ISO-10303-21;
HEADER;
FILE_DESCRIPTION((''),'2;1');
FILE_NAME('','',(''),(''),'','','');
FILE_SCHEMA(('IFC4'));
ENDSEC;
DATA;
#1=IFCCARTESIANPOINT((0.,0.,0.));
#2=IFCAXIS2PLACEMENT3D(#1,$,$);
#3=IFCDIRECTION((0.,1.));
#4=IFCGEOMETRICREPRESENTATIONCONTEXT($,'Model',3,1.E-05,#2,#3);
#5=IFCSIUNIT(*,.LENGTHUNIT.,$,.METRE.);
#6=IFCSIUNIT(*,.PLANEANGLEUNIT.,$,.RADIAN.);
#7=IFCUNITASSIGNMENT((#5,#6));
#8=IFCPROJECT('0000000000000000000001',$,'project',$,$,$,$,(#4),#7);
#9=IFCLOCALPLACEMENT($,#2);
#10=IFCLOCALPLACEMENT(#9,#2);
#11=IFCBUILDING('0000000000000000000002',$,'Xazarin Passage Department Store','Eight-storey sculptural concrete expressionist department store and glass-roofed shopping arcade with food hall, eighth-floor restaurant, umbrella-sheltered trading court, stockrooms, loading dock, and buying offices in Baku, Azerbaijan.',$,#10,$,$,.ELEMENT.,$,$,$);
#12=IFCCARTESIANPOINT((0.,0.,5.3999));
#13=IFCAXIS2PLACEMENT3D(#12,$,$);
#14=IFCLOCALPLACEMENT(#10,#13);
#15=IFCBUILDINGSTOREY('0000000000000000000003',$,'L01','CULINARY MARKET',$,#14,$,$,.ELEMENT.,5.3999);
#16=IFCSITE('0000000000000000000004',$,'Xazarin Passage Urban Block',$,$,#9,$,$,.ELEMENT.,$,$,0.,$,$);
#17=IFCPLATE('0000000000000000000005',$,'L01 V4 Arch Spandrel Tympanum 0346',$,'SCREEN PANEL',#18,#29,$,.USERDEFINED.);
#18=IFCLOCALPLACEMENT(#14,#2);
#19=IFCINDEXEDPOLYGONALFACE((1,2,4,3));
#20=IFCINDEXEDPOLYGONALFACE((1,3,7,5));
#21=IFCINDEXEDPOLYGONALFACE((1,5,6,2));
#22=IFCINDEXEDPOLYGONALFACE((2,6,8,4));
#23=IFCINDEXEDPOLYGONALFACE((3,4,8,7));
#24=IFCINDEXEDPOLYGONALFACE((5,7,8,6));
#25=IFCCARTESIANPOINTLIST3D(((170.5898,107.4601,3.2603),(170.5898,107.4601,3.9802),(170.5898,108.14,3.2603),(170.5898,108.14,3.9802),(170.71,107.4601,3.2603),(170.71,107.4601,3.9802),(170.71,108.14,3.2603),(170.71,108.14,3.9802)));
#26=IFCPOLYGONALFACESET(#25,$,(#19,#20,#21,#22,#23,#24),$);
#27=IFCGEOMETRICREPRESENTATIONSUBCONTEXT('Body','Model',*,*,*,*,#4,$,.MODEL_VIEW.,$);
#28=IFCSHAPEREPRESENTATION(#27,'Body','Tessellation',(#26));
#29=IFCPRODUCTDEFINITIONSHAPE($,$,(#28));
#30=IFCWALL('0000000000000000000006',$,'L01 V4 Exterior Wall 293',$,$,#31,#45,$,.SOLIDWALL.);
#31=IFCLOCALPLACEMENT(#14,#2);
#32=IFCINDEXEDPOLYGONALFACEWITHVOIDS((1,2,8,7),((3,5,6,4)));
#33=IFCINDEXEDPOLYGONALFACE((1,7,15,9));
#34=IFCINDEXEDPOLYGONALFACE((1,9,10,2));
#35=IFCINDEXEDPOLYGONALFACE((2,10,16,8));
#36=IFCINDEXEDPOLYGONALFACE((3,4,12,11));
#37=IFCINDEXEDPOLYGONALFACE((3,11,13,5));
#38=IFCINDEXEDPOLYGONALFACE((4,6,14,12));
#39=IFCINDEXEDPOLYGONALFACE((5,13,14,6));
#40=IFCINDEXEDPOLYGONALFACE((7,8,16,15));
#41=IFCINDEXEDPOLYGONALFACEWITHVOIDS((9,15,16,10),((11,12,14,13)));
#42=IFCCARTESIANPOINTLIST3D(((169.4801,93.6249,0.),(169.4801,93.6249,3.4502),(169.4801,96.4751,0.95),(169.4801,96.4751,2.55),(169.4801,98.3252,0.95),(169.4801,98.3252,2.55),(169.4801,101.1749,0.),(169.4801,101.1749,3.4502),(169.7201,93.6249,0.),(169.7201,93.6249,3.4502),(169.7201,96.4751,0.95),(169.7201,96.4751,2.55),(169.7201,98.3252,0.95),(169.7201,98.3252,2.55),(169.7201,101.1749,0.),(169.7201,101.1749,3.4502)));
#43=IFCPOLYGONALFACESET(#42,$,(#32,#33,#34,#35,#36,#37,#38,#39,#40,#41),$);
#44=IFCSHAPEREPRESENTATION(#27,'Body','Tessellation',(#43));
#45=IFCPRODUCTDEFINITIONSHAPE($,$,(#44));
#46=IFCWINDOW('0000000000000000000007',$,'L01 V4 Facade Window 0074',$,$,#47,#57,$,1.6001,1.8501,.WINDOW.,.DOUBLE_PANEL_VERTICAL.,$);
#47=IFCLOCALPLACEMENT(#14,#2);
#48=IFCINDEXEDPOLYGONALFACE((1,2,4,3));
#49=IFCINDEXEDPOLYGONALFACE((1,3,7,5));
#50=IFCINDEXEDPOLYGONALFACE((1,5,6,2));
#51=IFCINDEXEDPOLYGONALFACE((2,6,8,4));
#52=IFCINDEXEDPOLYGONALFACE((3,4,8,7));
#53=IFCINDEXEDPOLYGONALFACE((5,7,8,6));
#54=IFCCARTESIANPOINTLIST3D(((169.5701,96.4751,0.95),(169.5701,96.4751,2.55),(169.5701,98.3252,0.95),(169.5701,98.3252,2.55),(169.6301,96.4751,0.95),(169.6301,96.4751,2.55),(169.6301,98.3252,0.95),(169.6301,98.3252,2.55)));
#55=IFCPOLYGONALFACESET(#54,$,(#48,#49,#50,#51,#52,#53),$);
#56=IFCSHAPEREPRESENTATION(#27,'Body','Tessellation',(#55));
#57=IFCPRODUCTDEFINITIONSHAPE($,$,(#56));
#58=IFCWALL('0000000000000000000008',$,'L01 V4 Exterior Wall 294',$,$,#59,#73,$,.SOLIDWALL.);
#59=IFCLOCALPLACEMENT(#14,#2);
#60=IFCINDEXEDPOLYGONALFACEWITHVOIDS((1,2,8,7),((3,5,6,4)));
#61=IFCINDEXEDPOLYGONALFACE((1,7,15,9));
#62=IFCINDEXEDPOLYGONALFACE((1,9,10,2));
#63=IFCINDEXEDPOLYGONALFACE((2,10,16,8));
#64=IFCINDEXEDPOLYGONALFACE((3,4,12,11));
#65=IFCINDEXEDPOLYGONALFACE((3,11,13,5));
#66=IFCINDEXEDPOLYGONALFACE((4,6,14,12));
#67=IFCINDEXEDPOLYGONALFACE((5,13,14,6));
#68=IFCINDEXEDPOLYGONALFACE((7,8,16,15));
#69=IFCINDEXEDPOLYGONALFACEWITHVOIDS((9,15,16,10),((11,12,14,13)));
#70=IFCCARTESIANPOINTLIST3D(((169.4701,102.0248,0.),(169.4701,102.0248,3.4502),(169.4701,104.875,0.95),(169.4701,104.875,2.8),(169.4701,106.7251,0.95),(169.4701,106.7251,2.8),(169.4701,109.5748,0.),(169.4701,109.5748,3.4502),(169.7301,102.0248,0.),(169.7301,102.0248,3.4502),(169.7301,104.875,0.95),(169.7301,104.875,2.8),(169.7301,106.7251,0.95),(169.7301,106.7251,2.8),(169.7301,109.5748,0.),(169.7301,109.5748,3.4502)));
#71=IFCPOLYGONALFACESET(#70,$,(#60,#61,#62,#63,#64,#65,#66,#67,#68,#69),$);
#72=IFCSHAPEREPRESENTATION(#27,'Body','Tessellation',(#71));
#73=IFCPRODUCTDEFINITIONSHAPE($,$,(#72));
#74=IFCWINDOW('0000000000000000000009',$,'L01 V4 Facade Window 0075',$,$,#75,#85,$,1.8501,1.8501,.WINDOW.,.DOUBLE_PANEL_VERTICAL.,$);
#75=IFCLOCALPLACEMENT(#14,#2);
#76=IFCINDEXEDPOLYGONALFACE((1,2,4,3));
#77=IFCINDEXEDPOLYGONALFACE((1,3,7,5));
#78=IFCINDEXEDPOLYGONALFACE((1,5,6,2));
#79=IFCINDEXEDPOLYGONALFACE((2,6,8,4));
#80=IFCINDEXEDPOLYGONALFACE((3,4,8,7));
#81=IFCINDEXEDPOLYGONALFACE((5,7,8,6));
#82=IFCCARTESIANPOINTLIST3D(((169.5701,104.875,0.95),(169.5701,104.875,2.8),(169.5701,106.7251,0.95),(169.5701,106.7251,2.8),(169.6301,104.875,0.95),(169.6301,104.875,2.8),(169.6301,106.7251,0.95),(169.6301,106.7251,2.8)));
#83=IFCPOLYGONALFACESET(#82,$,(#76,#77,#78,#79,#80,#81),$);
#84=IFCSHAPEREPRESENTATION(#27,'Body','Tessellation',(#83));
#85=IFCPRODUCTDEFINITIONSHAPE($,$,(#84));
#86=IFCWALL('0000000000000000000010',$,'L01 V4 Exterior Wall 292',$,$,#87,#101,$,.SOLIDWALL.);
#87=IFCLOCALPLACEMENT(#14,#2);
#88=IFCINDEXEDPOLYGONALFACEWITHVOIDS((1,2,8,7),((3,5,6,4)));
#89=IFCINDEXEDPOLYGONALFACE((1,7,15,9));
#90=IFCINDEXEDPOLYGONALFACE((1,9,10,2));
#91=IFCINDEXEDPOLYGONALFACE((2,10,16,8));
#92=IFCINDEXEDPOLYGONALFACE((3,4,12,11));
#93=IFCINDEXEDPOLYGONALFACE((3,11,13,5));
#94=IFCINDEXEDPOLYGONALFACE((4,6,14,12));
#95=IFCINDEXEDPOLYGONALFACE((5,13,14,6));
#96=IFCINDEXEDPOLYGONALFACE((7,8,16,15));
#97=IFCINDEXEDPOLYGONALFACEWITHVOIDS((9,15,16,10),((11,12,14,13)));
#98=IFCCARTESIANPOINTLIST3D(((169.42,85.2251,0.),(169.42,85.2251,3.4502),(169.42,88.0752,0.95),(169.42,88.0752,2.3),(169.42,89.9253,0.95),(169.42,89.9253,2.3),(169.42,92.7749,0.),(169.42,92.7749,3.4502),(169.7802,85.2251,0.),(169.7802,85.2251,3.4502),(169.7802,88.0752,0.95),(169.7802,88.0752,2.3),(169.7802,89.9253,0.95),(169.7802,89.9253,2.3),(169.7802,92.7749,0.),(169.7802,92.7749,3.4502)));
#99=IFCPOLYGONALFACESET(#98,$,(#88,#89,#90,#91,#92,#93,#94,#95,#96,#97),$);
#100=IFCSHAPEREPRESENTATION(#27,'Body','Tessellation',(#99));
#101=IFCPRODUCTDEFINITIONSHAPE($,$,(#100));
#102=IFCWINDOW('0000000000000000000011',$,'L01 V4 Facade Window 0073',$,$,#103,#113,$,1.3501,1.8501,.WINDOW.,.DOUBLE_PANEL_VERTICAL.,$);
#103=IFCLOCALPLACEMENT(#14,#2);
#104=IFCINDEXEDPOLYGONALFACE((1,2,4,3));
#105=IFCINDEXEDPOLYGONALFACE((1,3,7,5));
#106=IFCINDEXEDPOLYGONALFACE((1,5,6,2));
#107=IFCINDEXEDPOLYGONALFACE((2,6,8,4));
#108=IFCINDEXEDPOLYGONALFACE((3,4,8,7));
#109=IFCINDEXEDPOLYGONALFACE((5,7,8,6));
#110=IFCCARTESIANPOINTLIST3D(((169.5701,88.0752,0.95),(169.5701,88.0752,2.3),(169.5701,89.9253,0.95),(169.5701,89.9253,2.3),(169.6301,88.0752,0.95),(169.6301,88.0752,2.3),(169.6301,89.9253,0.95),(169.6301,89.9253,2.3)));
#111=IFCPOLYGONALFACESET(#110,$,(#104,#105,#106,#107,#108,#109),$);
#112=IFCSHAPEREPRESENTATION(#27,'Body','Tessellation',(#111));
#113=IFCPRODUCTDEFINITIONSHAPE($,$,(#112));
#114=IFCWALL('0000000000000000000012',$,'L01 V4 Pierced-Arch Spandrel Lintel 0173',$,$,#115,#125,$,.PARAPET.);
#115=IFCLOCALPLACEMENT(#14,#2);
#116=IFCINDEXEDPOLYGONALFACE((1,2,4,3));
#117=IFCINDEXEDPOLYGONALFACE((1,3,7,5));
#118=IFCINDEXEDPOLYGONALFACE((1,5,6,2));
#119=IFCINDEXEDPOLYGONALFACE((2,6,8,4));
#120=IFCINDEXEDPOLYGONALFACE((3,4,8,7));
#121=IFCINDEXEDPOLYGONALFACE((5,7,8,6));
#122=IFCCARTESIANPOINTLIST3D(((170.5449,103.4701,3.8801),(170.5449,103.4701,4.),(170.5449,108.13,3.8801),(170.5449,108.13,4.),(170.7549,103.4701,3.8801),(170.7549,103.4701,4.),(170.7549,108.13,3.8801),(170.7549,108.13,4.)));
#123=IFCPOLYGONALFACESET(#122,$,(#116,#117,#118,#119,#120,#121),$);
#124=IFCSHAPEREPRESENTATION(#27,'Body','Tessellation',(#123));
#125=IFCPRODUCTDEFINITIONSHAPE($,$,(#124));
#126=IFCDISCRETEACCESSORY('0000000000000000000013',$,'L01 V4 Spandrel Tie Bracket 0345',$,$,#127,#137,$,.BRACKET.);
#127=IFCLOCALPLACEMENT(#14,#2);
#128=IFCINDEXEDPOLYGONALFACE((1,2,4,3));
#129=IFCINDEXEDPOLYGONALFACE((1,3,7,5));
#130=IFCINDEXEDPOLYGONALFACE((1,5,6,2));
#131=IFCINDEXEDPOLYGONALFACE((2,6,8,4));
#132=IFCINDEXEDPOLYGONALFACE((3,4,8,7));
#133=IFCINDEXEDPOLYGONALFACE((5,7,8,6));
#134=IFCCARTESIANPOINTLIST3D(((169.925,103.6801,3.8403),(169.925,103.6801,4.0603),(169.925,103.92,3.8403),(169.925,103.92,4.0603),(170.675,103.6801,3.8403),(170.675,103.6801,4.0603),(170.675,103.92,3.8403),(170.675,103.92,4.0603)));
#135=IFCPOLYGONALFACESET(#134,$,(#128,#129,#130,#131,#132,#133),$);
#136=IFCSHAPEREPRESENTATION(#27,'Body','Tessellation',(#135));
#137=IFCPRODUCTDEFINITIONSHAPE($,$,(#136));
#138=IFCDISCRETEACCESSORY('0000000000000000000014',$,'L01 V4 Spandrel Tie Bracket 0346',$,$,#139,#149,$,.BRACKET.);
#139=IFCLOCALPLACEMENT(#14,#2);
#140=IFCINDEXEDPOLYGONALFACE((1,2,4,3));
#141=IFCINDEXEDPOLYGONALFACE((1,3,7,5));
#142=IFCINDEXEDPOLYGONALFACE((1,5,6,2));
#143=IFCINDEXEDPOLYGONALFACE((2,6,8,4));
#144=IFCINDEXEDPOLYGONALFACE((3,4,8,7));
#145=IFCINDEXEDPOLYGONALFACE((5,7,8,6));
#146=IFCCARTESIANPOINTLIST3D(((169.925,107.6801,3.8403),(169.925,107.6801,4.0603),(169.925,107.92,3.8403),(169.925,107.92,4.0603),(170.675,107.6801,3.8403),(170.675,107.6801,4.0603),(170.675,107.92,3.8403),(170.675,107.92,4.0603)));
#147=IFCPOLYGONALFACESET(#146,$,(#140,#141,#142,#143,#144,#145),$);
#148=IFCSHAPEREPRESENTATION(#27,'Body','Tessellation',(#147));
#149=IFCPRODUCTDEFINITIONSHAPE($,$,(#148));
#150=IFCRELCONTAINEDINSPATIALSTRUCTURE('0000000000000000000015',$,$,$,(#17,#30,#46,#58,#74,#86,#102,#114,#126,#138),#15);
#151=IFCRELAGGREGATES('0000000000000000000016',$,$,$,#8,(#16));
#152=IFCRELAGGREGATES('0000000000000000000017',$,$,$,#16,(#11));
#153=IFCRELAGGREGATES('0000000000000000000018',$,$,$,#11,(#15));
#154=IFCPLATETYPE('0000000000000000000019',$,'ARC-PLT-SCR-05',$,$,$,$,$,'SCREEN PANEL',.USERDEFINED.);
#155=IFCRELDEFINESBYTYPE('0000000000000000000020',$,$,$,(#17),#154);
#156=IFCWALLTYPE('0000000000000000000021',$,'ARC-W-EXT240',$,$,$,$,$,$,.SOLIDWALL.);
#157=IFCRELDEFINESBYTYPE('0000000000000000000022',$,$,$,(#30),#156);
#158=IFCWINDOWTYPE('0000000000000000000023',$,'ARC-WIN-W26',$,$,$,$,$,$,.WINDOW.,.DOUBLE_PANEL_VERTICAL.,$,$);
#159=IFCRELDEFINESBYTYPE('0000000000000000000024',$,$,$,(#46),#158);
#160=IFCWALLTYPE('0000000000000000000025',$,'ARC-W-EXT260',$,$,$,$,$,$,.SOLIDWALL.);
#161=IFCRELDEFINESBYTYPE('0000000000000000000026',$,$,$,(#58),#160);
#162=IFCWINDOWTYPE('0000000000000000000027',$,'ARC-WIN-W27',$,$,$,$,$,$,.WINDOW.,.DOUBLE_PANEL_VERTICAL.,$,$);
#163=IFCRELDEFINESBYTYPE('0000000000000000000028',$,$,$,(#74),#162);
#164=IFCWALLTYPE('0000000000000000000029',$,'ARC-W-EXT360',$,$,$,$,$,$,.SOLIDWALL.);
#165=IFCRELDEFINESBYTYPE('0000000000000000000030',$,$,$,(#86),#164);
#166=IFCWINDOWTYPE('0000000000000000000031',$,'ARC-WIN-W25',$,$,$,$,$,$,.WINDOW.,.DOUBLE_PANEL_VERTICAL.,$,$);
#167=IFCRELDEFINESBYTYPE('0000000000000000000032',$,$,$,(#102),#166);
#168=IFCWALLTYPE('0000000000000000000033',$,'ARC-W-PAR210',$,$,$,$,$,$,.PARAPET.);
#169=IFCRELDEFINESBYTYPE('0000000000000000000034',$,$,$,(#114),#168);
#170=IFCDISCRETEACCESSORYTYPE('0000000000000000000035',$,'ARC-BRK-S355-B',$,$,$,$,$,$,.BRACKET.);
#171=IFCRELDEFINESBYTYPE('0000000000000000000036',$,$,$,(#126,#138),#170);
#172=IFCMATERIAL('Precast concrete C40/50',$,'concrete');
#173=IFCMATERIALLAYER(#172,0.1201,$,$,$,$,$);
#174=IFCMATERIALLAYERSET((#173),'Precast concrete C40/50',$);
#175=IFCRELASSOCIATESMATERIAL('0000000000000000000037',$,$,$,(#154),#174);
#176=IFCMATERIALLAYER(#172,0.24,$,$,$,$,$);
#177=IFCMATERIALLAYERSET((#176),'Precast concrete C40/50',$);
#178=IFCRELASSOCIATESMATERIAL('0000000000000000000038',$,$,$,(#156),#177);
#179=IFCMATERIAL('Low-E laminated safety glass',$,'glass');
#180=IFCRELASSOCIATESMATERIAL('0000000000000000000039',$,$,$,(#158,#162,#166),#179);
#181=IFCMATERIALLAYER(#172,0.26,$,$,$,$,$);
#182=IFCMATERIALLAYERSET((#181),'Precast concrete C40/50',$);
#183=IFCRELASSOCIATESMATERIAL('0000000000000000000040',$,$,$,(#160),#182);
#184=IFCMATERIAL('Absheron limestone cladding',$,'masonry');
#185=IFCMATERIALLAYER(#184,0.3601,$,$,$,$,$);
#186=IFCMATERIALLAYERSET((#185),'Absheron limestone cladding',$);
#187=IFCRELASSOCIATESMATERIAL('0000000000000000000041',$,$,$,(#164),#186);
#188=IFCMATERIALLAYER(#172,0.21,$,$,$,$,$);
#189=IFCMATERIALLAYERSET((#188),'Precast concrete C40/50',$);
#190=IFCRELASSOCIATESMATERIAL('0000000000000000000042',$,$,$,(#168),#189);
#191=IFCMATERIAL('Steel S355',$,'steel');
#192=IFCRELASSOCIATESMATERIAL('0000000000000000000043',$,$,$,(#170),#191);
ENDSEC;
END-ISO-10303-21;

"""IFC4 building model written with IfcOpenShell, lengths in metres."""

from ifc_helpers import new_model, si_unit, direction, frame, frame_2d, origin, origin_2d, place, context, subcontext, project, spatial, rectangle, extrude, material, layer, layer_set, type_object, element, fill, save


model = new_model("IFC4")

# Units and contexts
model_context = context("Model", 3, precision=1e-05, world=origin(), true_north=direction((0.0, 1.0)))
body_context = subcontext(model_context, "Body", "Model", "MODEL_VIEW")
ifc_project = project(units=[si_unit("LENGTHUNIT", "METRE"), si_unit("PLANEANGLEUNIT", "RADIAN")], contexts=[model_context])

# Site, building, storey
site_placement = place(None, origin())
site = spatial("IfcSite", under=ifc_project, at=site_placement, Name="Xazarin Passage Urban Block", CompositionType="ELEMENT", RefElevation=0.0)
building_placement = place(site_placement, origin())
building = spatial("IfcBuilding", under=site, at=building_placement, Name="Xazarin Passage Department Store", Description="Eight-storey sculptural concrete expressionist department store and glass-roofed shopping arcade with food hall, eighth-floor restaurant, umbrella-sheltered trading court, stockrooms, loading dock, and buying offices in Baku, Azerbaijan.", CompositionType="ELEMENT")
storey_placement = place(building_placement, frame((0.0, 0.0, 5.3999)))
storey = spatial("IfcBuildingStorey", under=building, at=storey_placement, Name="L01", Description="CULINARY MARKET", CompositionType="ELEMENT", Elevation=5.3999)

# Plate
ifc_material_1 = material(Name="Precast concrete C40/50", Category="concrete")
ifc_layer_1 = layer(ifc_material_1, 0.1201)
ifc_layer_set_1 = layer_set([ifc_layer_1], Name="Precast concrete C40/50")
plate_type = type_object("IfcPlateType", Name="ARC-PLT-SCR-05", ElementType="SCREEN PANEL", PredefinedType="USERDEFINED", material=ifc_layer_set_1)
for number, where, z_axis, x_axis, name in (
    (1, (170.6499, 107.8, 3.2603), (0.0, 0.0, 1.0), (0.0, 1.0, 0.0), "L01 V4 Arch Spandrel Tympanum 0346"),
):
    element("IfcPlate", number, at=place(storey_placement, frame(where, z_axis=z_axis, x_axis=x_axis)), inside=storey, type_object=plate_type, Name=name, ObjectType="SCREEN PANEL", PredefinedType="USERDEFINED", context=body_context, shape_type="SweptSolid", body=[
        extrude(rectangle(XDim=0.6799, YDim=0.1201, at=origin_2d()), origin(), (0.0, 0.0, 1.0), 0.72),
    ])

# Walls, openings, windows
ifc_layer_2 = layer(ifc_material_1, 0.24)
ifc_layer_set_2 = layer_set([ifc_layer_2], Name="Precast concrete C40/50")
wall_type_1 = type_object("IfcWallType", Name="ARC-W-EXT240", PredefinedType="SOLIDWALL", material=ifc_layer_set_2)
wall_1_placement = place(storey_placement, frame((169.6001, 93.625, 0.0), z_axis=(0.0, 0.0, 1.0), x_axis=(0.0, 1.0, 0.0)))
wall_1 = element("IfcWall", 2, at=wall_1_placement, inside=storey, type_object=wall_type_1, Name="L01 V4 Exterior Wall 293", PredefinedType="SOLIDWALL", context=body_context, shape_type="SweptSolid", body=[
    extrude(rectangle(XDim=7.55, YDim=0.24, at=frame_2d((3.7749, 0.0))), origin(), (0.0, 0.0, 1.0), 3.4502),
])
opening_1_placement = place(wall_1_placement, frame((2.8501, 0.0, 0.95)))
opening_1 = element("IfcOpeningElement", 3, at=opening_1_placement, cuts=wall_1, PredefinedType="OPENING", context=body_context, shape_type="SweptSolid", body=[
    extrude(rectangle(XDim=1.8501, YDim=1.6001, at=frame_2d((0.925, 0.8))), frame((0.0, 0.1299, 0.0), z_axis=(0.0, -1.0, 0.0), x_axis=(1.0, 0.0, 0.0)), (0.0, 0.0, 1.0), 0.26),
])
ifc_material_2 = material(Name="Low-E laminated safety glass", Category="glass")
window_type_1 = type_object("IfcWindowType", Name="ARC-WIN-W26", PartitioningType="DOUBLE_PANEL_VERTICAL", PredefinedType="WINDOW", material=ifc_material_2)
window_1_placement = place(opening_1_placement, origin())
window_1 = element("IfcWindow", 4, at=window_1_placement, inside=storey, type_object=window_type_1, Name="L01 V4 Facade Window 0074", OverallHeight=1.6001, OverallWidth=1.8501, PartitioningType="DOUBLE_PANEL_VERTICAL", PredefinedType="WINDOW", context=body_context, shape_type="SweptSolid", body=[
    extrude(rectangle(XDim=1.8501, YDim=1.6001, at=frame_2d((0.925, 0.8))), frame((0.0, 0.03, 0.0), z_axis=(0.0, -1.0, 0.0), x_axis=(1.0, 0.0, 0.0)), (0.0, 0.0, 1.0), 0.0601),
])
fill(opening_1, window_1)
ifc_layer_3 = layer(ifc_material_1, 0.26)
ifc_layer_set_3 = layer_set([ifc_layer_3], Name="Precast concrete C40/50")
wall_type_2 = type_object("IfcWallType", Name="ARC-W-EXT260", PredefinedType="SOLIDWALL", material=ifc_layer_set_3)
wall_2_placement = place(storey_placement, frame((169.6001, 102.0249, 0.0), z_axis=(0.0, 0.0, 1.0), x_axis=(0.0, 1.0, 0.0)))
wall_2 = element("IfcWall", 5, at=wall_2_placement, inside=storey, type_object=wall_type_2, Name="L01 V4 Exterior Wall 294", PredefinedType="SOLIDWALL", context=body_context, shape_type="SweptSolid", body=[
    extrude(rectangle(XDim=7.55, YDim=0.26, at=frame_2d((3.7749, 0.0))), origin(), (0.0, 0.0, 1.0), 3.4502),
])
opening_2_placement = place(wall_2_placement, frame((2.8501, 0.0, 0.95)))
opening_2 = element("IfcOpeningElement", 6, at=opening_2_placement, cuts=wall_2, PredefinedType="OPENING", context=body_context, shape_type="SweptSolid", body=[
    extrude(rectangle(XDim=1.8501, YDim=1.8501, at=frame_2d((0.925, 0.925))), frame((0.0, 0.1399, 0.0), z_axis=(0.0, -1.0, 0.0), x_axis=(1.0, 0.0, 0.0)), (0.0, 0.0, 1.0), 0.28),
])
window_type_2 = type_object("IfcWindowType", Name="ARC-WIN-W27", PartitioningType="DOUBLE_PANEL_VERTICAL", PredefinedType="WINDOW", material=ifc_material_2)
window_2_placement = place(opening_2_placement, origin())
window_2 = element("IfcWindow", 7, at=window_2_placement, inside=storey, type_object=window_type_2, Name="L01 V4 Facade Window 0075", OverallHeight=1.8501, OverallWidth=1.8501, PartitioningType="DOUBLE_PANEL_VERTICAL", PredefinedType="WINDOW", context=body_context, shape_type="SweptSolid", body=[
    extrude(rectangle(XDim=1.8501, YDim=1.8501, at=frame_2d((0.925, 0.925))), frame((0.0, 0.03, 0.0), z_axis=(0.0, -1.0, 0.0), x_axis=(1.0, 0.0, 0.0)), (0.0, 0.0, 1.0), 0.0601),
])
fill(opening_2, window_2)
ifc_material_3 = material(Name="Absheron limestone cladding", Category="masonry")
ifc_layer_4 = layer(ifc_material_3, 0.3601)
ifc_layer_set_4 = layer_set([ifc_layer_4], Name="Absheron limestone cladding")
wall_type_3 = type_object("IfcWallType", Name="ARC-W-EXT360", PredefinedType="SOLIDWALL", material=ifc_layer_set_4)
wall_3_placement = place(storey_placement, frame((169.6001, 85.2251, 0.0), z_axis=(0.0, 0.0, 1.0), x_axis=(0.0, 1.0, 0.0)))
wall_3 = element("IfcWall", 8, at=wall_3_placement, inside=storey, type_object=wall_type_3, Name="L01 V4 Exterior Wall 292", PredefinedType="SOLIDWALL", context=body_context, shape_type="SweptSolid", body=[
    extrude(rectangle(XDim=7.5498, YDim=0.3601, at=frame_2d((3.7749, 0.0))), origin(), (0.0, 0.0, 1.0), 3.4502),
])
opening_3_placement = place(wall_3_placement, frame((2.8501, 0.0, 0.95)))
opening_3 = element("IfcOpeningElement", 9, at=opening_3_placement, cuts=wall_3, PredefinedType="OPENING", context=body_context, shape_type="SweptSolid", body=[
    extrude(rectangle(XDim=1.8501, YDim=1.3501, at=frame_2d((0.925, 0.675))), frame((0.0, 0.1899, 0.0), z_axis=(0.0, -1.0, 0.0), x_axis=(1.0, 0.0, 0.0)), (0.0, 0.0, 1.0), 0.3801),
])
window_type_3 = type_object("IfcWindowType", Name="ARC-WIN-W25", PartitioningType="DOUBLE_PANEL_VERTICAL", PredefinedType="WINDOW", material=ifc_material_2)
window_3_placement = place(opening_3_placement, origin())
window_3 = element("IfcWindow", 10, at=window_3_placement, inside=storey, type_object=window_type_3, Name="L01 V4 Facade Window 0073", OverallHeight=1.3501, OverallWidth=1.8501, PartitioningType="DOUBLE_PANEL_VERTICAL", PredefinedType="WINDOW", context=body_context, shape_type="SweptSolid", body=[
    extrude(rectangle(XDim=1.8501, YDim=1.3501, at=frame_2d((0.925, 0.675))), frame((0.0, 0.03, 0.0), z_axis=(0.0, -1.0, 0.0), x_axis=(1.0, 0.0, 0.0)), (0.0, 0.0, 1.0), 0.0601),
])
fill(opening_3, window_3)

# Wall
ifc_layer_5 = layer(ifc_material_1, 0.21)
ifc_layer_set_5 = layer_set([ifc_layer_5], Name="Precast concrete C40/50")
wall_type_4 = type_object("IfcWallType", Name="ARC-W-PAR210", PredefinedType="PARAPET", material=ifc_layer_set_5)
wall_4_placement = place(storey_placement, frame((170.6499, 103.47, 3.8801), z_axis=(0.0, 0.0, 1.0), x_axis=(0.0, 1.0, 0.0)))
element("IfcWall", 11, at=wall_4_placement, inside=storey, type_object=wall_type_4, Name="L01 V4 Pierced-Arch Spandrel Lintel 0173", PredefinedType="PARAPET", context=body_context, shape_type="SweptSolid", body=[
    extrude(rectangle(XDim=4.6599, YDim=0.21, at=frame_2d((2.3301, 0.0))), origin(), (0.0, 0.0, 1.0), 0.1199),
])

# Discrete accessories
ifc_material_4 = material(Name="Steel S355", Category="steel")
discrete_accessory_type = type_object("IfcDiscreteAccessoryType", Name="ARC-BRK-S355-B", PredefinedType="BRACKET", material=ifc_material_4)
for number, where, z_axis, x_axis, name in (
    (12, (170.3, 103.8, 3.8403), (0.0, 0.0, 1.0), (0.0, 1.0, 0.0), "L01 V4 Spandrel Tie Bracket 0345"),
    (13, (170.3, 107.8, 3.8403), (0.0, 0.0, 1.0), (0.0, 1.0, 0.0), "L01 V4 Spandrel Tie Bracket 0346"),
):
    element("IfcDiscreteAccessory", number, at=place(storey_placement, frame(where, z_axis=z_axis, x_axis=x_axis)), inside=storey, type_object=discrete_accessory_type, Name=name, PredefinedType="BRACKET", context=body_context, shape_type="SweptSolid", body=[
        extrude(rectangle(XDim=0.24, YDim=0.75, at=origin_2d()), origin(), (0.0, 0.0, 1.0), 0.22),
    ])

save(model, "model.ifc")
